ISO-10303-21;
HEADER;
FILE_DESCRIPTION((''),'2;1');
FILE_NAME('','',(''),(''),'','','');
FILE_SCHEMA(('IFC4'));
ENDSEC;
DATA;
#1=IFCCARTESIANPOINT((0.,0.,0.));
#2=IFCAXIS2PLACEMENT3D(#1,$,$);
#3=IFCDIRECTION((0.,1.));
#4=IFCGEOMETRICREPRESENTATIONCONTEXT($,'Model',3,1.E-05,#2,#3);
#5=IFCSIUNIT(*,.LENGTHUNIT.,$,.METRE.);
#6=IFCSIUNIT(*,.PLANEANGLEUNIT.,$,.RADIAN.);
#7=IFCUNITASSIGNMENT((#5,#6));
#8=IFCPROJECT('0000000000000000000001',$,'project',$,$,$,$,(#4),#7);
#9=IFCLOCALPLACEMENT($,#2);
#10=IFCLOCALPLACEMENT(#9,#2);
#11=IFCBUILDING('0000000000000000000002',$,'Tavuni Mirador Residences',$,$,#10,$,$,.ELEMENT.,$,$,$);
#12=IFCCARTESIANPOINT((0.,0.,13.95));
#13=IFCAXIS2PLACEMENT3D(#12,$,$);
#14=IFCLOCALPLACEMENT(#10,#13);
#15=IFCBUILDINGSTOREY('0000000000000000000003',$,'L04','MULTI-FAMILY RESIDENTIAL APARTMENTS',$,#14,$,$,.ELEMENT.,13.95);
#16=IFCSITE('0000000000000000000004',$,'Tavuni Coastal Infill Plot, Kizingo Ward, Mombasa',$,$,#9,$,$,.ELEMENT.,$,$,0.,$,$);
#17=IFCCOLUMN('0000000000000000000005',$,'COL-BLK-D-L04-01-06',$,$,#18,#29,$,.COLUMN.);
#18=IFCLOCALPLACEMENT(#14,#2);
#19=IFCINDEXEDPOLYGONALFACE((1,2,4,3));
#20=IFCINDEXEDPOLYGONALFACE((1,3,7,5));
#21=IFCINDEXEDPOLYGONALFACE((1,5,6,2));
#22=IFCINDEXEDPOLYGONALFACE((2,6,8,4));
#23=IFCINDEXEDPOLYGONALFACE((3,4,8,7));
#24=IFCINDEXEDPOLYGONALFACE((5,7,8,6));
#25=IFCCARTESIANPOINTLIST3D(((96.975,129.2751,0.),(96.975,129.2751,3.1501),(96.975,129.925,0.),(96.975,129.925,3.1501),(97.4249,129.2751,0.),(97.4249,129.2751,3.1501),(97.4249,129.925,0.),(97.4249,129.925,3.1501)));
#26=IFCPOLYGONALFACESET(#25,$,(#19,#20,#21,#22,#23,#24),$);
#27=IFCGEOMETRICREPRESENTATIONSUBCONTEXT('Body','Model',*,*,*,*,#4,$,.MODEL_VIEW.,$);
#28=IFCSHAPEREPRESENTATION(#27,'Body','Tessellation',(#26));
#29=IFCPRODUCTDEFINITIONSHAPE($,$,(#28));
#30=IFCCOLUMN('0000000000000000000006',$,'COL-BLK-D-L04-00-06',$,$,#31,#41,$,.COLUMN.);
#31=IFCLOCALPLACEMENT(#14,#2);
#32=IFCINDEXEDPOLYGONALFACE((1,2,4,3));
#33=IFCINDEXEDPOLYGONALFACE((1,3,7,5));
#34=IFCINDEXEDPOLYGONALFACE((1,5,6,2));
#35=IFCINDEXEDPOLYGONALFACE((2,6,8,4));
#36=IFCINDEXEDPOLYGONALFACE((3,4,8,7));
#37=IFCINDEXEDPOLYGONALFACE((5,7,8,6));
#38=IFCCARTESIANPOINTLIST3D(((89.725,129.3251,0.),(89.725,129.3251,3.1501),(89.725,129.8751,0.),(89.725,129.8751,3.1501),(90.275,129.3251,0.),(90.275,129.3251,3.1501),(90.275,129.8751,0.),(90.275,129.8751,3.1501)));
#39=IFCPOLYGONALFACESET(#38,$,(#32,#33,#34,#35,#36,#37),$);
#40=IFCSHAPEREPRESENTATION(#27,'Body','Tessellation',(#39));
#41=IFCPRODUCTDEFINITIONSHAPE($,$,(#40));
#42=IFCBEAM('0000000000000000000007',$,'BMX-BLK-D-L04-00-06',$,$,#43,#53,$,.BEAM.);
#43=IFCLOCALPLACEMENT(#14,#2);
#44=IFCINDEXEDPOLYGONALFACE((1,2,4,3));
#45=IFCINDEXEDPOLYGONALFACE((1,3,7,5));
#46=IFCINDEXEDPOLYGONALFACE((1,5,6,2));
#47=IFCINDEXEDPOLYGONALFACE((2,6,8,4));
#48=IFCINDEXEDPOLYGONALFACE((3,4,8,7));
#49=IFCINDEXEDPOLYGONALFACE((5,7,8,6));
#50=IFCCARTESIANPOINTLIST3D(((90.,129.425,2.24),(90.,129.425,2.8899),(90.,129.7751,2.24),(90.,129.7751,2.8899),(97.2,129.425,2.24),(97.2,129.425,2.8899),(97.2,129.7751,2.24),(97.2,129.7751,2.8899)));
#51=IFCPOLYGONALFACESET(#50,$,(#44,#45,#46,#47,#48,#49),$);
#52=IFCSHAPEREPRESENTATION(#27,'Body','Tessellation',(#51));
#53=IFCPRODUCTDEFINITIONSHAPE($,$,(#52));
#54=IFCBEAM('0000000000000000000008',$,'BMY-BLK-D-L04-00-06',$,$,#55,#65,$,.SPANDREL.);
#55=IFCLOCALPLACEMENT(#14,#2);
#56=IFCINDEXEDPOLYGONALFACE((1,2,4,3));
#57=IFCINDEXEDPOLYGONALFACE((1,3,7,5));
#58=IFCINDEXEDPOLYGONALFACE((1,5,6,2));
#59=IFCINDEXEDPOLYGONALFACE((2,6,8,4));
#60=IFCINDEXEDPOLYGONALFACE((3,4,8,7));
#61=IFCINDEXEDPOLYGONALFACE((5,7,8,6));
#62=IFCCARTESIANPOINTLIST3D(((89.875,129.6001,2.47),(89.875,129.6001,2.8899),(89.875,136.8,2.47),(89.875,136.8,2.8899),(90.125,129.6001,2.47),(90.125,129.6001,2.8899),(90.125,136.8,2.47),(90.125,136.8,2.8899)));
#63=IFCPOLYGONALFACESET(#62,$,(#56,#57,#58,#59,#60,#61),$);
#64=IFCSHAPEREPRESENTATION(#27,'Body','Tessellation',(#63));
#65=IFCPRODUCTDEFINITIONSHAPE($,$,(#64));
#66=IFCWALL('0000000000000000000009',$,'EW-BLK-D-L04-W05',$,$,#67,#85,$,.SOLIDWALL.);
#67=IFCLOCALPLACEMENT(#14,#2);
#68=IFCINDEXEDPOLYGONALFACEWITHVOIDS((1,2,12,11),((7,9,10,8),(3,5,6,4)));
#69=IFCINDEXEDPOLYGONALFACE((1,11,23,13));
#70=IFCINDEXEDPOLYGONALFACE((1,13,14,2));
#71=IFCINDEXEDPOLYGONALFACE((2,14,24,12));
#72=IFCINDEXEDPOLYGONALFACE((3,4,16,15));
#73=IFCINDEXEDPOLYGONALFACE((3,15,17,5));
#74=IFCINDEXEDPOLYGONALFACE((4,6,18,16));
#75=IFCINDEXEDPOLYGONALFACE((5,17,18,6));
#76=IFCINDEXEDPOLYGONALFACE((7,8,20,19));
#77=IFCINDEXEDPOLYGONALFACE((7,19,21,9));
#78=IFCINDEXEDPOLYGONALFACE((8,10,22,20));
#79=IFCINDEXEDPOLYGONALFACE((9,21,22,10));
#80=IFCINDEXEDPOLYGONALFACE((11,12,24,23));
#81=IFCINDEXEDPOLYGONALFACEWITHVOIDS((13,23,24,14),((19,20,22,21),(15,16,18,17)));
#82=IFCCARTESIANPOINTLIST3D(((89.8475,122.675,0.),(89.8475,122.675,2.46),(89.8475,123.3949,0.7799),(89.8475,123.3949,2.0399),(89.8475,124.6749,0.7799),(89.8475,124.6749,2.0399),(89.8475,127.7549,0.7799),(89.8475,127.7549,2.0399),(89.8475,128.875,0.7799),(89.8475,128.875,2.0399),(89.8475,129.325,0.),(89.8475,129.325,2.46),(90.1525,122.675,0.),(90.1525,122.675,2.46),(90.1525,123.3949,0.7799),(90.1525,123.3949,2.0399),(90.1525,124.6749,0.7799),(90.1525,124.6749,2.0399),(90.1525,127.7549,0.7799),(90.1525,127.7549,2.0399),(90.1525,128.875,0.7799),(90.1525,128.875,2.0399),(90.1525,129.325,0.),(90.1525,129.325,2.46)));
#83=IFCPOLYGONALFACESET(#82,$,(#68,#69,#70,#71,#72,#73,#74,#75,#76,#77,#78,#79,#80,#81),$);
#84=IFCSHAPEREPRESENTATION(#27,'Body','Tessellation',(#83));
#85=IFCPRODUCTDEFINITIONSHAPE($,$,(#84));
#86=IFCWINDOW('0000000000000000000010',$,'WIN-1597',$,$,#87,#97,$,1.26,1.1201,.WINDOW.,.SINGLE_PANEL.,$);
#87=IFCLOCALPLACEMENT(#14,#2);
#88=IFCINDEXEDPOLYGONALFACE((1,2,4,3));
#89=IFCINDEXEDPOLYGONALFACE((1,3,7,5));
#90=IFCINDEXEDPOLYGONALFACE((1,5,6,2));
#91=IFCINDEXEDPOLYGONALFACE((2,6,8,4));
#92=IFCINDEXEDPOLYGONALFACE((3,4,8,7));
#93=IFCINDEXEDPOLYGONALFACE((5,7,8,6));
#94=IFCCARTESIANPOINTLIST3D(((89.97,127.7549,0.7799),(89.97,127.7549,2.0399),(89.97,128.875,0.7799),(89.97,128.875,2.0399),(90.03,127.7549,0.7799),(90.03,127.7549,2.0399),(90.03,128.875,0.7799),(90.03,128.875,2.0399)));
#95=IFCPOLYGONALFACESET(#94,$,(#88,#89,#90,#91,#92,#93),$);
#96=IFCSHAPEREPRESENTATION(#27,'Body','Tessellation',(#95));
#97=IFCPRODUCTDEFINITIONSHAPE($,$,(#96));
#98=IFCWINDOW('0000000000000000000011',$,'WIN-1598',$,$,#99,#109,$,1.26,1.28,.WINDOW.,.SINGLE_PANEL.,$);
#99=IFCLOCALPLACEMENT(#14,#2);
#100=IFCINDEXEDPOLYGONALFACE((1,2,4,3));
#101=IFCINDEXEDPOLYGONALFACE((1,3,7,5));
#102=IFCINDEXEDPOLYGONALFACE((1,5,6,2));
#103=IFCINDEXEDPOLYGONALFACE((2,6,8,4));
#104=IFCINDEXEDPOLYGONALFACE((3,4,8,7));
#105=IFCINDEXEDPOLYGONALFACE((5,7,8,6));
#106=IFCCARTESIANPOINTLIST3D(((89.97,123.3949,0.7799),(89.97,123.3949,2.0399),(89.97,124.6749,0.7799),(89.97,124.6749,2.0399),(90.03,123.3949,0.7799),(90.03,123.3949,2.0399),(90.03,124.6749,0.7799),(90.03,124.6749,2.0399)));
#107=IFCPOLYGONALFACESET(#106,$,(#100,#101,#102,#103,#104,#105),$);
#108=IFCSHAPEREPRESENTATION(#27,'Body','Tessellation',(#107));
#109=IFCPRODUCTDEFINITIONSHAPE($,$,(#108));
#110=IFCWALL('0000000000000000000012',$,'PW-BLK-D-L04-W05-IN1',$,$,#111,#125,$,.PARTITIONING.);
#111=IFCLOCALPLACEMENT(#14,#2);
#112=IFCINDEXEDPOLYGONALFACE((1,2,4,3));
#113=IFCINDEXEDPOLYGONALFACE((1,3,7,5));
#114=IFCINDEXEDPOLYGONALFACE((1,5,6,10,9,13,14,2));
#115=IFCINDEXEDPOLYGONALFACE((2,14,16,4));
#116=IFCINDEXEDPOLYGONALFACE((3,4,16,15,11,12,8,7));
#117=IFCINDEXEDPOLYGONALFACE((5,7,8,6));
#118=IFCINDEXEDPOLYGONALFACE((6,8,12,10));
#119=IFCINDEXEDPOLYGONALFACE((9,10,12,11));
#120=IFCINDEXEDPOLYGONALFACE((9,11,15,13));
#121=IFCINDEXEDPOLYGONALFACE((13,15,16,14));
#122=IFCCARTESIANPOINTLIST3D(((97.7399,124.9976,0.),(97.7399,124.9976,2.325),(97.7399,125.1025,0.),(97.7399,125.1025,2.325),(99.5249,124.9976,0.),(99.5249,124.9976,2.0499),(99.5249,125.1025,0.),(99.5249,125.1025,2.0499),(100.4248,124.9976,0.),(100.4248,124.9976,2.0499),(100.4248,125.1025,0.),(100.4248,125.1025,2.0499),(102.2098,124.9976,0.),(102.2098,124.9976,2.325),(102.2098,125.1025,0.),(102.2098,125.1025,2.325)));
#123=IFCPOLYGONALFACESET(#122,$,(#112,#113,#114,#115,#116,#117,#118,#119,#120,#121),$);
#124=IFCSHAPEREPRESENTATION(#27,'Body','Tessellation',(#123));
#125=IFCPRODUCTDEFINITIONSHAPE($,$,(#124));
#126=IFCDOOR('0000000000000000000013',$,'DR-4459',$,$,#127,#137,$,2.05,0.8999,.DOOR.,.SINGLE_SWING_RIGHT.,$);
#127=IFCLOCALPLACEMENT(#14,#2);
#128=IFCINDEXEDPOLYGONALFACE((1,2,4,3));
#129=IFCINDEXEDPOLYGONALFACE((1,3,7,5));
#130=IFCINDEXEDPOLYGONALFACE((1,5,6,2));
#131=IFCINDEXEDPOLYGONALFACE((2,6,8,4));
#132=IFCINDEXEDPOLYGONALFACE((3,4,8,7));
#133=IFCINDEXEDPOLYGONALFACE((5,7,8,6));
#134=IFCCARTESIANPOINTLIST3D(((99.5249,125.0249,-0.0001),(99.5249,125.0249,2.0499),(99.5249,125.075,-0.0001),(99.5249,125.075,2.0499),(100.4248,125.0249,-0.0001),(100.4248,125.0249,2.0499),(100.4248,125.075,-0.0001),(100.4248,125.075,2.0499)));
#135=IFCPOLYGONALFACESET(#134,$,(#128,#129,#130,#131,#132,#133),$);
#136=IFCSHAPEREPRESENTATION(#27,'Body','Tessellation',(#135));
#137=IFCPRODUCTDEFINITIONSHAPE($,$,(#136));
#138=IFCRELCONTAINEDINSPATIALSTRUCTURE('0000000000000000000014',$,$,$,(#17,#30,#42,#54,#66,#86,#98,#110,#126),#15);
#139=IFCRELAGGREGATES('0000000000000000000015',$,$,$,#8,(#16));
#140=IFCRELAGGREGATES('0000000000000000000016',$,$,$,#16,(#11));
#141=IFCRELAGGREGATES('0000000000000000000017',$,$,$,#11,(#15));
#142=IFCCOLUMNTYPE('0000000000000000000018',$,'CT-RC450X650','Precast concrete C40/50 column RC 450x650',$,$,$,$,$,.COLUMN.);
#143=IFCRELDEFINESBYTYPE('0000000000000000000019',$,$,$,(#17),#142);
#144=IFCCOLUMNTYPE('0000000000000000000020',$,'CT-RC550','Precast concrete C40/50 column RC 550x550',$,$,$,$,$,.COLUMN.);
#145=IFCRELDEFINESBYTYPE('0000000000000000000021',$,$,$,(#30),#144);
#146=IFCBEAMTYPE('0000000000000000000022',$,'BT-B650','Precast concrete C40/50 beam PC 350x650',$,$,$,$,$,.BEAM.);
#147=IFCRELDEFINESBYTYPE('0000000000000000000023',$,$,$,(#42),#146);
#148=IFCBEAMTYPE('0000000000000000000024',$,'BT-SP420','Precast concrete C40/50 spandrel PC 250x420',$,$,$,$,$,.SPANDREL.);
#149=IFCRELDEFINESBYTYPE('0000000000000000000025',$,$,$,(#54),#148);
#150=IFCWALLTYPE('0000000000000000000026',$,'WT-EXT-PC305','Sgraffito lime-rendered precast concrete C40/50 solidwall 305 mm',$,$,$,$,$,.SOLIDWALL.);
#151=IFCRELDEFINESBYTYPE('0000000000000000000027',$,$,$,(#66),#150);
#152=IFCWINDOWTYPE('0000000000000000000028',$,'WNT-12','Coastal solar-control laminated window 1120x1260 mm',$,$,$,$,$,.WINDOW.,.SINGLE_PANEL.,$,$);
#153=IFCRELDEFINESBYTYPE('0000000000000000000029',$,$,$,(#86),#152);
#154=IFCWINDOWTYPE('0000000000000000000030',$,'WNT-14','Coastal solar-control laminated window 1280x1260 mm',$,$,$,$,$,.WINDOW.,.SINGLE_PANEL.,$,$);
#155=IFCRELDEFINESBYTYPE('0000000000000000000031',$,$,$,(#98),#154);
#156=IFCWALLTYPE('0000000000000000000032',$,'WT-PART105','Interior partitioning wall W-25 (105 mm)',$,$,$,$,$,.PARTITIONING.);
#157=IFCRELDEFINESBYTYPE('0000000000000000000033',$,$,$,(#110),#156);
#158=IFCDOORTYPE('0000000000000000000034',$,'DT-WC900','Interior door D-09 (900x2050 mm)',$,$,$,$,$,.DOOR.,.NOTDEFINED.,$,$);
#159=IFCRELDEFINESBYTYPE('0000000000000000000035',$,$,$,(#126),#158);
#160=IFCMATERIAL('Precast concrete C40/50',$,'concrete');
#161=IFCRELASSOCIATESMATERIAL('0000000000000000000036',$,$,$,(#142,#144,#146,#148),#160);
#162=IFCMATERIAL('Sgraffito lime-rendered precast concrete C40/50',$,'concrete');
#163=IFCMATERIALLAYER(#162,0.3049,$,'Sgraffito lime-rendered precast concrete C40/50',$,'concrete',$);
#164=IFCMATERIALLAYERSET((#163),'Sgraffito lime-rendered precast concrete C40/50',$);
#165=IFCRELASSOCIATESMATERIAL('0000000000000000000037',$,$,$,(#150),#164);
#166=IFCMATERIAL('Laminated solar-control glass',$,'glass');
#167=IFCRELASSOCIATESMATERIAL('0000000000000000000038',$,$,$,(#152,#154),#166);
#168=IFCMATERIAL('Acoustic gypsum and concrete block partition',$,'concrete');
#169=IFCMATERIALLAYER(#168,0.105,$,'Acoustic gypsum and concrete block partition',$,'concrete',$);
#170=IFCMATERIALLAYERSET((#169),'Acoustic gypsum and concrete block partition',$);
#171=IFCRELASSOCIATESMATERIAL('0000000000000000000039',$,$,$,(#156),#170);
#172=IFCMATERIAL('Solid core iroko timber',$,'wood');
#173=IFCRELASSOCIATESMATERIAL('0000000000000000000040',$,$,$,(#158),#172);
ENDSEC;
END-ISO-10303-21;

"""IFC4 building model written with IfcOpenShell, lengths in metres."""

from ifc_helpers import new_model, si_unit, direction, frame, frame_2d, origin, origin_2d, place, context, subcontext, project, spatial, rectangle, extrude, material, layer, layer_set, material_profile, profile_set, type_object, element, fill, save


model = new_model("IFC4")

# Units and contexts
model_context = context("Model", 3, precision=1e-05, world=origin(), true_north=direction((0.0, 1.0)))
body_context = subcontext(model_context, "Body", "Model", "MODEL_VIEW")
ifc_project = project(units=[si_unit("LENGTHUNIT", "METRE"), si_unit("PLANEANGLEUNIT", "RADIAN")], contexts=[model_context])

# Site, building, storey
site_placement = place(None, origin())
site = spatial("IfcSite", under=ifc_project, at=site_placement, Name="Tavuni Coastal Infill Plot, Kizingo Ward, Mombasa", CompositionType="ELEMENT", RefElevation=0.0)
building_placement = place(site_placement, origin())
building = spatial("IfcBuilding", under=site, at=building_placement, Name="Tavuni Mirador Residences", CompositionType="ELEMENT")
storey_placement = place(building_placement, frame((0.0, 0.0, 13.95)))
storey = spatial("IfcBuildingStorey", under=building, at=storey_placement, Name="L04", Description="MULTI-FAMILY RESIDENTIAL APARTMENTS", CompositionType="ELEMENT", Elevation=13.95)

# Columns
ifc_material_1 = material(Name="Precast concrete C40/50", Category="concrete")
ifc_material_profile_1 = material_profile(ifc_material_1, rectangle(XDim=0.45, YDim=0.6499, at=origin_2d()), Name="RC 450x650", Category="concrete")
ifc_profile_set_1 = profile_set([ifc_material_profile_1], Name="Precast concrete C40/50")
column_type_1 = type_object("IfcColumnType", Name="CT-RC450X650", Description="Precast concrete C40/50 column RC 450x650", PredefinedType="COLUMN", material=ifc_profile_set_1)
column_1_placement = place(storey_placement, frame((97.2, 129.6001, 0.0), z_axis=(0.0, 0.0, 1.0), x_axis=(1.0, 0.0, 0.0)))
element("IfcColumn", 1, at=column_1_placement, inside=storey, type_object=column_type_1, Name="COL-BLK-D-L04-01-06", PredefinedType="COLUMN", context=body_context, shape_type="SweptSolid", body=[
    extrude(rectangle(XDim=0.45, YDim=0.6499, at=origin_2d()), origin(), (0.0, 0.0, 1.0), 3.1501),
])
ifc_material_profile_2 = material_profile(ifc_material_1, rectangle(XDim=0.55, YDim=0.55, at=origin_2d()), Name="RC 550x550", Category="concrete")
ifc_profile_set_2 = profile_set([ifc_material_profile_2], Name="Precast concrete C40/50")
column_type_2 = type_object("IfcColumnType", Name="CT-RC550", Description="Precast concrete C40/50 column RC 550x550", PredefinedType="COLUMN", material=ifc_profile_set_2)
column_2_placement = place(storey_placement, frame((90.0, 129.6001, 0.0), z_axis=(0.0, 0.0, 1.0), x_axis=(1.0, 0.0, 0.0)))
element("IfcColumn", 2, at=column_2_placement, inside=storey, type_object=column_type_2, Name="COL-BLK-D-L04-00-06", PredefinedType="COLUMN", context=body_context, shape_type="SweptSolid", body=[
    extrude(rectangle(XDim=0.55, YDim=0.55, at=origin_2d()), origin(), (0.0, 0.0, 1.0), 3.1501),
])

# Beams
ifc_material_profile_3 = material_profile(ifc_material_1, rectangle(XDim=0.3501, YDim=0.6499, at=origin_2d()), Name="PC 350x650", Category="concrete")
ifc_profile_set_3 = profile_set([ifc_material_profile_3], Name="Precast concrete C40/50")
beam_type_1 = type_object("IfcBeamType", Name="BT-B650", Description="Precast concrete C40/50 beam PC 350x650", PredefinedType="BEAM", material=ifc_profile_set_3)
beam_1_placement = place(storey_placement, frame((90.0, 129.6001, 2.5649), z_axis=(1.0, 0.0, 0.0), x_axis=(0.0, 1.0, 0.0)))
element("IfcBeam", 3, at=beam_1_placement, inside=storey, type_object=beam_type_1, Name="BMX-BLK-D-L04-00-06", PredefinedType="BEAM", context=body_context, shape_type="SweptSolid", body=[
    extrude(rectangle(XDim=0.3501, YDim=0.6499, at=origin_2d()), origin(), (0.0, 0.0, 1.0), 7.2),
])
ifc_material_profile_4 = material_profile(ifc_material_1, rectangle(XDim=0.25, YDim=0.4199, at=origin_2d()), Name="PC 250x420", Category="concrete")
ifc_profile_set_4 = profile_set([ifc_material_profile_4], Name="Precast concrete C40/50")
beam_type_2 = type_object("IfcBeamType", Name="BT-SP420", Description="Precast concrete C40/50 spandrel PC 250x420", PredefinedType="SPANDREL", material=ifc_profile_set_4)
beam_2_placement = place(storey_placement, frame((90.0, 129.6001, 2.6799), z_axis=(0.0, 1.0, 0.0), x_axis=(-1.0, 0.0, 0.0)))
element("IfcBeam", 4, at=beam_2_placement, inside=storey, type_object=beam_type_2, Name="BMY-BLK-D-L04-00-06", PredefinedType="SPANDREL", context=body_context, shape_type="SweptSolid", body=[
    extrude(rectangle(XDim=0.25, YDim=0.4199, at=origin_2d()), origin(), (0.0, 0.0, 1.0), 7.2),
])

# Wall, openings, windows
ifc_material_2 = material(Name="Sgraffito lime-rendered precast concrete C40/50", Category="concrete")
ifc_layer_1 = layer(ifc_material_2, 0.3049, Name="Sgraffito lime-rendered precast concrete C40/50", Category="concrete")
ifc_layer_set_1 = layer_set([ifc_layer_1], Name="Sgraffito lime-rendered precast concrete C40/50")
wall_type_1 = type_object("IfcWallType", Name="WT-EXT-PC305", Description="Sgraffito lime-rendered precast concrete C40/50 solidwall 305 mm", PredefinedType="SOLIDWALL", material=ifc_layer_set_1)
wall_1_placement = place(storey_placement, frame((90.0, 129.325, 0.0), z_axis=(0.0, 0.0, 1.0), x_axis=(0.0, -1.0, 0.0)))
wall_1 = element("IfcWall", 5, at=wall_1_placement, inside=storey, type_object=wall_type_1, Name="EW-BLK-D-L04-W05", PredefinedType="SOLIDWALL", context=body_context, shape_type="SweptSolid", body=[
    extrude(rectangle(XDim=6.6499, YDim=0.3049, at=frame_2d((3.325, 0.0))), origin(), (0.0, 0.0, 1.0), 2.46),
])
opening_1_placement = place(wall_1_placement, frame((0.45, 0.0, 0.78)))
opening_1 = element("IfcOpeningElement", 6, at=opening_1_placement, cuts=wall_1, PredefinedType="OPENING", context=body_context, shape_type="SweptSolid", body=[
    extrude(rectangle(XDim=1.1201, YDim=1.26, at=frame_2d((0.5601, 0.6299))), frame((0.0, 0.1626, 0.0), z_axis=(0.0, -1.0, 0.0), x_axis=(1.0, 0.0, 0.0)), (0.0, 0.0, 1.0), 0.325),
])
opening_2_placement = place(wall_1_placement, frame((4.6499, 0.0, 0.78)))
opening_2 = element("IfcOpeningElement", 7, at=opening_2_placement, cuts=wall_1, PredefinedType="OPENING", context=body_context, shape_type="SweptSolid", body=[
    extrude(rectangle(XDim=1.28, YDim=1.26, at=frame_2d((0.6401, 0.6299))), frame((0.0, 0.1626, 0.0), z_axis=(0.0, -1.0, 0.0), x_axis=(1.0, 0.0, 0.0)), (0.0, 0.0, 1.0), 0.325),
])
ifc_material_3 = material(Name="Laminated solar-control glass", Category="glass")
window_type_1 = type_object("IfcWindowType", Name="WNT-12", Description="Coastal solar-control laminated window 1120x1260 mm", PartitioningType="SINGLE_PANEL", PredefinedType="WINDOW", material=ifc_material_3)
window_1_placement = place(opening_1_placement, origin())
window_1 = element("IfcWindow", 8, at=window_1_placement, inside=storey, type_object=window_type_1, Name="WIN-1597", OverallHeight=1.26, OverallWidth=1.1201, PartitioningType="SINGLE_PANEL", PredefinedType="WINDOW", context=body_context, shape_type="SweptSolid", body=[
    extrude(rectangle(XDim=1.1201, YDim=1.26, at=frame_2d((0.5601, 0.6299))), frame((0.0, 0.03, 0.0), z_axis=(0.0, -1.0, 0.0), x_axis=(1.0, 0.0, 0.0)), (0.0, 0.0, 1.0), 0.0601),
])
fill(opening_1, window_1)
window_type_2 = type_object("IfcWindowType", Name="WNT-14", Description="Coastal solar-control laminated window 1280x1260 mm", PartitioningType="SINGLE_PANEL", PredefinedType="WINDOW", material=ifc_material_3)
window_2_placement = place(opening_2_placement, origin())
window_2 = element("IfcWindow", 9, at=window_2_placement, inside=storey, type_object=window_type_2, Name="WIN-1598", OverallHeight=1.26, OverallWidth=1.28, PartitioningType="SINGLE_PANEL", PredefinedType="WINDOW", context=body_context, shape_type="SweptSolid", body=[
    extrude(rectangle(XDim=1.28, YDim=1.26, at=frame_2d((0.6401, 0.6299))), frame((0.0, 0.03, 0.0), z_axis=(0.0, -1.0, 0.0), x_axis=(1.0, 0.0, 0.0)), (0.0, 0.0, 1.0), 0.0601),
])
fill(opening_2, window_2)

# Wall, opening, door
ifc_material_4 = material(Name="Acoustic gypsum and concrete block partition", Category="concrete")
ifc_layer_2 = layer(ifc_material_4, 0.105, Name="Acoustic gypsum and concrete block partition", Category="concrete")
ifc_layer_set_2 = layer_set([ifc_layer_2], Name="Acoustic gypsum and concrete block partition")
wall_type_2 = type_object("IfcWallType", Name="WT-PART105", Description="Interior partitioning wall W-25 (105 mm)", PredefinedType="PARTITIONING", material=ifc_layer_set_2)
wall_2_placement = place(storey_placement, frame((97.74, 125.05, 0.0), z_axis=(0.0, 0.0, 1.0), x_axis=(1.0, 0.0, 0.0)))
wall_2 = element("IfcWall", 10, at=wall_2_placement, inside=storey, type_object=wall_type_2, Name="PW-BLK-D-L04-W05-IN1", PredefinedType="PARTITIONING", context=body_context, shape_type="SweptSolid", body=[
    extrude(rectangle(XDim=4.47, YDim=0.105, at=frame_2d((2.2349, 0.0))), origin(), (0.0, 0.0, 1.0), 2.325),
])
opening_3_placement = place(wall_2_placement, frame((1.7849, 0.0, 0.0)))
opening_3 = element("IfcOpeningElement", 11, at=opening_3_placement, cuts=wall_2, PredefinedType="OPENING", context=body_context, shape_type="SweptSolid", body=[
    extrude(rectangle(XDim=0.8999, YDim=2.05, at=frame_2d((0.45, 1.0249))), frame((0.0, 0.0625, 0.0), z_axis=(0.0, -1.0, 0.0), x_axis=(1.0, 0.0, 0.0)), (0.0, 0.0, 1.0), 0.125),
])
ifc_material_5 = material(Name="Solid core iroko timber", Category="wood")
door_type_1 = type_object("IfcDoorType", Name="DT-WC900", Description="Interior door D-09 (900x2050 mm)", OperationType="NOTDEFINED", PredefinedType="DOOR", material=ifc_material_5)
door_1_placement = place(opening_3_placement, origin())
door_1 = element("IfcDoor", 12, at=door_1_placement, inside=storey, type_object=door_type_1, Name="DR-4459", OperationType="SINGLE_SWING_RIGHT", OverallHeight=2.05, OverallWidth=0.8999, PredefinedType="DOOR", context=body_context, shape_type="SweptSolid", body=[
    extrude(rectangle(XDim=0.8999, YDim=2.05, at=frame_2d((0.45, 1.0249))), frame((0.0, 0.0249, 0.0), z_axis=(0.0, -1.0, 0.0), x_axis=(1.0, 0.0, 0.0)), (0.0, 0.0, 1.0), 0.05),
])
fill(opening_3, door_1)

save(model, "model.ifc")
